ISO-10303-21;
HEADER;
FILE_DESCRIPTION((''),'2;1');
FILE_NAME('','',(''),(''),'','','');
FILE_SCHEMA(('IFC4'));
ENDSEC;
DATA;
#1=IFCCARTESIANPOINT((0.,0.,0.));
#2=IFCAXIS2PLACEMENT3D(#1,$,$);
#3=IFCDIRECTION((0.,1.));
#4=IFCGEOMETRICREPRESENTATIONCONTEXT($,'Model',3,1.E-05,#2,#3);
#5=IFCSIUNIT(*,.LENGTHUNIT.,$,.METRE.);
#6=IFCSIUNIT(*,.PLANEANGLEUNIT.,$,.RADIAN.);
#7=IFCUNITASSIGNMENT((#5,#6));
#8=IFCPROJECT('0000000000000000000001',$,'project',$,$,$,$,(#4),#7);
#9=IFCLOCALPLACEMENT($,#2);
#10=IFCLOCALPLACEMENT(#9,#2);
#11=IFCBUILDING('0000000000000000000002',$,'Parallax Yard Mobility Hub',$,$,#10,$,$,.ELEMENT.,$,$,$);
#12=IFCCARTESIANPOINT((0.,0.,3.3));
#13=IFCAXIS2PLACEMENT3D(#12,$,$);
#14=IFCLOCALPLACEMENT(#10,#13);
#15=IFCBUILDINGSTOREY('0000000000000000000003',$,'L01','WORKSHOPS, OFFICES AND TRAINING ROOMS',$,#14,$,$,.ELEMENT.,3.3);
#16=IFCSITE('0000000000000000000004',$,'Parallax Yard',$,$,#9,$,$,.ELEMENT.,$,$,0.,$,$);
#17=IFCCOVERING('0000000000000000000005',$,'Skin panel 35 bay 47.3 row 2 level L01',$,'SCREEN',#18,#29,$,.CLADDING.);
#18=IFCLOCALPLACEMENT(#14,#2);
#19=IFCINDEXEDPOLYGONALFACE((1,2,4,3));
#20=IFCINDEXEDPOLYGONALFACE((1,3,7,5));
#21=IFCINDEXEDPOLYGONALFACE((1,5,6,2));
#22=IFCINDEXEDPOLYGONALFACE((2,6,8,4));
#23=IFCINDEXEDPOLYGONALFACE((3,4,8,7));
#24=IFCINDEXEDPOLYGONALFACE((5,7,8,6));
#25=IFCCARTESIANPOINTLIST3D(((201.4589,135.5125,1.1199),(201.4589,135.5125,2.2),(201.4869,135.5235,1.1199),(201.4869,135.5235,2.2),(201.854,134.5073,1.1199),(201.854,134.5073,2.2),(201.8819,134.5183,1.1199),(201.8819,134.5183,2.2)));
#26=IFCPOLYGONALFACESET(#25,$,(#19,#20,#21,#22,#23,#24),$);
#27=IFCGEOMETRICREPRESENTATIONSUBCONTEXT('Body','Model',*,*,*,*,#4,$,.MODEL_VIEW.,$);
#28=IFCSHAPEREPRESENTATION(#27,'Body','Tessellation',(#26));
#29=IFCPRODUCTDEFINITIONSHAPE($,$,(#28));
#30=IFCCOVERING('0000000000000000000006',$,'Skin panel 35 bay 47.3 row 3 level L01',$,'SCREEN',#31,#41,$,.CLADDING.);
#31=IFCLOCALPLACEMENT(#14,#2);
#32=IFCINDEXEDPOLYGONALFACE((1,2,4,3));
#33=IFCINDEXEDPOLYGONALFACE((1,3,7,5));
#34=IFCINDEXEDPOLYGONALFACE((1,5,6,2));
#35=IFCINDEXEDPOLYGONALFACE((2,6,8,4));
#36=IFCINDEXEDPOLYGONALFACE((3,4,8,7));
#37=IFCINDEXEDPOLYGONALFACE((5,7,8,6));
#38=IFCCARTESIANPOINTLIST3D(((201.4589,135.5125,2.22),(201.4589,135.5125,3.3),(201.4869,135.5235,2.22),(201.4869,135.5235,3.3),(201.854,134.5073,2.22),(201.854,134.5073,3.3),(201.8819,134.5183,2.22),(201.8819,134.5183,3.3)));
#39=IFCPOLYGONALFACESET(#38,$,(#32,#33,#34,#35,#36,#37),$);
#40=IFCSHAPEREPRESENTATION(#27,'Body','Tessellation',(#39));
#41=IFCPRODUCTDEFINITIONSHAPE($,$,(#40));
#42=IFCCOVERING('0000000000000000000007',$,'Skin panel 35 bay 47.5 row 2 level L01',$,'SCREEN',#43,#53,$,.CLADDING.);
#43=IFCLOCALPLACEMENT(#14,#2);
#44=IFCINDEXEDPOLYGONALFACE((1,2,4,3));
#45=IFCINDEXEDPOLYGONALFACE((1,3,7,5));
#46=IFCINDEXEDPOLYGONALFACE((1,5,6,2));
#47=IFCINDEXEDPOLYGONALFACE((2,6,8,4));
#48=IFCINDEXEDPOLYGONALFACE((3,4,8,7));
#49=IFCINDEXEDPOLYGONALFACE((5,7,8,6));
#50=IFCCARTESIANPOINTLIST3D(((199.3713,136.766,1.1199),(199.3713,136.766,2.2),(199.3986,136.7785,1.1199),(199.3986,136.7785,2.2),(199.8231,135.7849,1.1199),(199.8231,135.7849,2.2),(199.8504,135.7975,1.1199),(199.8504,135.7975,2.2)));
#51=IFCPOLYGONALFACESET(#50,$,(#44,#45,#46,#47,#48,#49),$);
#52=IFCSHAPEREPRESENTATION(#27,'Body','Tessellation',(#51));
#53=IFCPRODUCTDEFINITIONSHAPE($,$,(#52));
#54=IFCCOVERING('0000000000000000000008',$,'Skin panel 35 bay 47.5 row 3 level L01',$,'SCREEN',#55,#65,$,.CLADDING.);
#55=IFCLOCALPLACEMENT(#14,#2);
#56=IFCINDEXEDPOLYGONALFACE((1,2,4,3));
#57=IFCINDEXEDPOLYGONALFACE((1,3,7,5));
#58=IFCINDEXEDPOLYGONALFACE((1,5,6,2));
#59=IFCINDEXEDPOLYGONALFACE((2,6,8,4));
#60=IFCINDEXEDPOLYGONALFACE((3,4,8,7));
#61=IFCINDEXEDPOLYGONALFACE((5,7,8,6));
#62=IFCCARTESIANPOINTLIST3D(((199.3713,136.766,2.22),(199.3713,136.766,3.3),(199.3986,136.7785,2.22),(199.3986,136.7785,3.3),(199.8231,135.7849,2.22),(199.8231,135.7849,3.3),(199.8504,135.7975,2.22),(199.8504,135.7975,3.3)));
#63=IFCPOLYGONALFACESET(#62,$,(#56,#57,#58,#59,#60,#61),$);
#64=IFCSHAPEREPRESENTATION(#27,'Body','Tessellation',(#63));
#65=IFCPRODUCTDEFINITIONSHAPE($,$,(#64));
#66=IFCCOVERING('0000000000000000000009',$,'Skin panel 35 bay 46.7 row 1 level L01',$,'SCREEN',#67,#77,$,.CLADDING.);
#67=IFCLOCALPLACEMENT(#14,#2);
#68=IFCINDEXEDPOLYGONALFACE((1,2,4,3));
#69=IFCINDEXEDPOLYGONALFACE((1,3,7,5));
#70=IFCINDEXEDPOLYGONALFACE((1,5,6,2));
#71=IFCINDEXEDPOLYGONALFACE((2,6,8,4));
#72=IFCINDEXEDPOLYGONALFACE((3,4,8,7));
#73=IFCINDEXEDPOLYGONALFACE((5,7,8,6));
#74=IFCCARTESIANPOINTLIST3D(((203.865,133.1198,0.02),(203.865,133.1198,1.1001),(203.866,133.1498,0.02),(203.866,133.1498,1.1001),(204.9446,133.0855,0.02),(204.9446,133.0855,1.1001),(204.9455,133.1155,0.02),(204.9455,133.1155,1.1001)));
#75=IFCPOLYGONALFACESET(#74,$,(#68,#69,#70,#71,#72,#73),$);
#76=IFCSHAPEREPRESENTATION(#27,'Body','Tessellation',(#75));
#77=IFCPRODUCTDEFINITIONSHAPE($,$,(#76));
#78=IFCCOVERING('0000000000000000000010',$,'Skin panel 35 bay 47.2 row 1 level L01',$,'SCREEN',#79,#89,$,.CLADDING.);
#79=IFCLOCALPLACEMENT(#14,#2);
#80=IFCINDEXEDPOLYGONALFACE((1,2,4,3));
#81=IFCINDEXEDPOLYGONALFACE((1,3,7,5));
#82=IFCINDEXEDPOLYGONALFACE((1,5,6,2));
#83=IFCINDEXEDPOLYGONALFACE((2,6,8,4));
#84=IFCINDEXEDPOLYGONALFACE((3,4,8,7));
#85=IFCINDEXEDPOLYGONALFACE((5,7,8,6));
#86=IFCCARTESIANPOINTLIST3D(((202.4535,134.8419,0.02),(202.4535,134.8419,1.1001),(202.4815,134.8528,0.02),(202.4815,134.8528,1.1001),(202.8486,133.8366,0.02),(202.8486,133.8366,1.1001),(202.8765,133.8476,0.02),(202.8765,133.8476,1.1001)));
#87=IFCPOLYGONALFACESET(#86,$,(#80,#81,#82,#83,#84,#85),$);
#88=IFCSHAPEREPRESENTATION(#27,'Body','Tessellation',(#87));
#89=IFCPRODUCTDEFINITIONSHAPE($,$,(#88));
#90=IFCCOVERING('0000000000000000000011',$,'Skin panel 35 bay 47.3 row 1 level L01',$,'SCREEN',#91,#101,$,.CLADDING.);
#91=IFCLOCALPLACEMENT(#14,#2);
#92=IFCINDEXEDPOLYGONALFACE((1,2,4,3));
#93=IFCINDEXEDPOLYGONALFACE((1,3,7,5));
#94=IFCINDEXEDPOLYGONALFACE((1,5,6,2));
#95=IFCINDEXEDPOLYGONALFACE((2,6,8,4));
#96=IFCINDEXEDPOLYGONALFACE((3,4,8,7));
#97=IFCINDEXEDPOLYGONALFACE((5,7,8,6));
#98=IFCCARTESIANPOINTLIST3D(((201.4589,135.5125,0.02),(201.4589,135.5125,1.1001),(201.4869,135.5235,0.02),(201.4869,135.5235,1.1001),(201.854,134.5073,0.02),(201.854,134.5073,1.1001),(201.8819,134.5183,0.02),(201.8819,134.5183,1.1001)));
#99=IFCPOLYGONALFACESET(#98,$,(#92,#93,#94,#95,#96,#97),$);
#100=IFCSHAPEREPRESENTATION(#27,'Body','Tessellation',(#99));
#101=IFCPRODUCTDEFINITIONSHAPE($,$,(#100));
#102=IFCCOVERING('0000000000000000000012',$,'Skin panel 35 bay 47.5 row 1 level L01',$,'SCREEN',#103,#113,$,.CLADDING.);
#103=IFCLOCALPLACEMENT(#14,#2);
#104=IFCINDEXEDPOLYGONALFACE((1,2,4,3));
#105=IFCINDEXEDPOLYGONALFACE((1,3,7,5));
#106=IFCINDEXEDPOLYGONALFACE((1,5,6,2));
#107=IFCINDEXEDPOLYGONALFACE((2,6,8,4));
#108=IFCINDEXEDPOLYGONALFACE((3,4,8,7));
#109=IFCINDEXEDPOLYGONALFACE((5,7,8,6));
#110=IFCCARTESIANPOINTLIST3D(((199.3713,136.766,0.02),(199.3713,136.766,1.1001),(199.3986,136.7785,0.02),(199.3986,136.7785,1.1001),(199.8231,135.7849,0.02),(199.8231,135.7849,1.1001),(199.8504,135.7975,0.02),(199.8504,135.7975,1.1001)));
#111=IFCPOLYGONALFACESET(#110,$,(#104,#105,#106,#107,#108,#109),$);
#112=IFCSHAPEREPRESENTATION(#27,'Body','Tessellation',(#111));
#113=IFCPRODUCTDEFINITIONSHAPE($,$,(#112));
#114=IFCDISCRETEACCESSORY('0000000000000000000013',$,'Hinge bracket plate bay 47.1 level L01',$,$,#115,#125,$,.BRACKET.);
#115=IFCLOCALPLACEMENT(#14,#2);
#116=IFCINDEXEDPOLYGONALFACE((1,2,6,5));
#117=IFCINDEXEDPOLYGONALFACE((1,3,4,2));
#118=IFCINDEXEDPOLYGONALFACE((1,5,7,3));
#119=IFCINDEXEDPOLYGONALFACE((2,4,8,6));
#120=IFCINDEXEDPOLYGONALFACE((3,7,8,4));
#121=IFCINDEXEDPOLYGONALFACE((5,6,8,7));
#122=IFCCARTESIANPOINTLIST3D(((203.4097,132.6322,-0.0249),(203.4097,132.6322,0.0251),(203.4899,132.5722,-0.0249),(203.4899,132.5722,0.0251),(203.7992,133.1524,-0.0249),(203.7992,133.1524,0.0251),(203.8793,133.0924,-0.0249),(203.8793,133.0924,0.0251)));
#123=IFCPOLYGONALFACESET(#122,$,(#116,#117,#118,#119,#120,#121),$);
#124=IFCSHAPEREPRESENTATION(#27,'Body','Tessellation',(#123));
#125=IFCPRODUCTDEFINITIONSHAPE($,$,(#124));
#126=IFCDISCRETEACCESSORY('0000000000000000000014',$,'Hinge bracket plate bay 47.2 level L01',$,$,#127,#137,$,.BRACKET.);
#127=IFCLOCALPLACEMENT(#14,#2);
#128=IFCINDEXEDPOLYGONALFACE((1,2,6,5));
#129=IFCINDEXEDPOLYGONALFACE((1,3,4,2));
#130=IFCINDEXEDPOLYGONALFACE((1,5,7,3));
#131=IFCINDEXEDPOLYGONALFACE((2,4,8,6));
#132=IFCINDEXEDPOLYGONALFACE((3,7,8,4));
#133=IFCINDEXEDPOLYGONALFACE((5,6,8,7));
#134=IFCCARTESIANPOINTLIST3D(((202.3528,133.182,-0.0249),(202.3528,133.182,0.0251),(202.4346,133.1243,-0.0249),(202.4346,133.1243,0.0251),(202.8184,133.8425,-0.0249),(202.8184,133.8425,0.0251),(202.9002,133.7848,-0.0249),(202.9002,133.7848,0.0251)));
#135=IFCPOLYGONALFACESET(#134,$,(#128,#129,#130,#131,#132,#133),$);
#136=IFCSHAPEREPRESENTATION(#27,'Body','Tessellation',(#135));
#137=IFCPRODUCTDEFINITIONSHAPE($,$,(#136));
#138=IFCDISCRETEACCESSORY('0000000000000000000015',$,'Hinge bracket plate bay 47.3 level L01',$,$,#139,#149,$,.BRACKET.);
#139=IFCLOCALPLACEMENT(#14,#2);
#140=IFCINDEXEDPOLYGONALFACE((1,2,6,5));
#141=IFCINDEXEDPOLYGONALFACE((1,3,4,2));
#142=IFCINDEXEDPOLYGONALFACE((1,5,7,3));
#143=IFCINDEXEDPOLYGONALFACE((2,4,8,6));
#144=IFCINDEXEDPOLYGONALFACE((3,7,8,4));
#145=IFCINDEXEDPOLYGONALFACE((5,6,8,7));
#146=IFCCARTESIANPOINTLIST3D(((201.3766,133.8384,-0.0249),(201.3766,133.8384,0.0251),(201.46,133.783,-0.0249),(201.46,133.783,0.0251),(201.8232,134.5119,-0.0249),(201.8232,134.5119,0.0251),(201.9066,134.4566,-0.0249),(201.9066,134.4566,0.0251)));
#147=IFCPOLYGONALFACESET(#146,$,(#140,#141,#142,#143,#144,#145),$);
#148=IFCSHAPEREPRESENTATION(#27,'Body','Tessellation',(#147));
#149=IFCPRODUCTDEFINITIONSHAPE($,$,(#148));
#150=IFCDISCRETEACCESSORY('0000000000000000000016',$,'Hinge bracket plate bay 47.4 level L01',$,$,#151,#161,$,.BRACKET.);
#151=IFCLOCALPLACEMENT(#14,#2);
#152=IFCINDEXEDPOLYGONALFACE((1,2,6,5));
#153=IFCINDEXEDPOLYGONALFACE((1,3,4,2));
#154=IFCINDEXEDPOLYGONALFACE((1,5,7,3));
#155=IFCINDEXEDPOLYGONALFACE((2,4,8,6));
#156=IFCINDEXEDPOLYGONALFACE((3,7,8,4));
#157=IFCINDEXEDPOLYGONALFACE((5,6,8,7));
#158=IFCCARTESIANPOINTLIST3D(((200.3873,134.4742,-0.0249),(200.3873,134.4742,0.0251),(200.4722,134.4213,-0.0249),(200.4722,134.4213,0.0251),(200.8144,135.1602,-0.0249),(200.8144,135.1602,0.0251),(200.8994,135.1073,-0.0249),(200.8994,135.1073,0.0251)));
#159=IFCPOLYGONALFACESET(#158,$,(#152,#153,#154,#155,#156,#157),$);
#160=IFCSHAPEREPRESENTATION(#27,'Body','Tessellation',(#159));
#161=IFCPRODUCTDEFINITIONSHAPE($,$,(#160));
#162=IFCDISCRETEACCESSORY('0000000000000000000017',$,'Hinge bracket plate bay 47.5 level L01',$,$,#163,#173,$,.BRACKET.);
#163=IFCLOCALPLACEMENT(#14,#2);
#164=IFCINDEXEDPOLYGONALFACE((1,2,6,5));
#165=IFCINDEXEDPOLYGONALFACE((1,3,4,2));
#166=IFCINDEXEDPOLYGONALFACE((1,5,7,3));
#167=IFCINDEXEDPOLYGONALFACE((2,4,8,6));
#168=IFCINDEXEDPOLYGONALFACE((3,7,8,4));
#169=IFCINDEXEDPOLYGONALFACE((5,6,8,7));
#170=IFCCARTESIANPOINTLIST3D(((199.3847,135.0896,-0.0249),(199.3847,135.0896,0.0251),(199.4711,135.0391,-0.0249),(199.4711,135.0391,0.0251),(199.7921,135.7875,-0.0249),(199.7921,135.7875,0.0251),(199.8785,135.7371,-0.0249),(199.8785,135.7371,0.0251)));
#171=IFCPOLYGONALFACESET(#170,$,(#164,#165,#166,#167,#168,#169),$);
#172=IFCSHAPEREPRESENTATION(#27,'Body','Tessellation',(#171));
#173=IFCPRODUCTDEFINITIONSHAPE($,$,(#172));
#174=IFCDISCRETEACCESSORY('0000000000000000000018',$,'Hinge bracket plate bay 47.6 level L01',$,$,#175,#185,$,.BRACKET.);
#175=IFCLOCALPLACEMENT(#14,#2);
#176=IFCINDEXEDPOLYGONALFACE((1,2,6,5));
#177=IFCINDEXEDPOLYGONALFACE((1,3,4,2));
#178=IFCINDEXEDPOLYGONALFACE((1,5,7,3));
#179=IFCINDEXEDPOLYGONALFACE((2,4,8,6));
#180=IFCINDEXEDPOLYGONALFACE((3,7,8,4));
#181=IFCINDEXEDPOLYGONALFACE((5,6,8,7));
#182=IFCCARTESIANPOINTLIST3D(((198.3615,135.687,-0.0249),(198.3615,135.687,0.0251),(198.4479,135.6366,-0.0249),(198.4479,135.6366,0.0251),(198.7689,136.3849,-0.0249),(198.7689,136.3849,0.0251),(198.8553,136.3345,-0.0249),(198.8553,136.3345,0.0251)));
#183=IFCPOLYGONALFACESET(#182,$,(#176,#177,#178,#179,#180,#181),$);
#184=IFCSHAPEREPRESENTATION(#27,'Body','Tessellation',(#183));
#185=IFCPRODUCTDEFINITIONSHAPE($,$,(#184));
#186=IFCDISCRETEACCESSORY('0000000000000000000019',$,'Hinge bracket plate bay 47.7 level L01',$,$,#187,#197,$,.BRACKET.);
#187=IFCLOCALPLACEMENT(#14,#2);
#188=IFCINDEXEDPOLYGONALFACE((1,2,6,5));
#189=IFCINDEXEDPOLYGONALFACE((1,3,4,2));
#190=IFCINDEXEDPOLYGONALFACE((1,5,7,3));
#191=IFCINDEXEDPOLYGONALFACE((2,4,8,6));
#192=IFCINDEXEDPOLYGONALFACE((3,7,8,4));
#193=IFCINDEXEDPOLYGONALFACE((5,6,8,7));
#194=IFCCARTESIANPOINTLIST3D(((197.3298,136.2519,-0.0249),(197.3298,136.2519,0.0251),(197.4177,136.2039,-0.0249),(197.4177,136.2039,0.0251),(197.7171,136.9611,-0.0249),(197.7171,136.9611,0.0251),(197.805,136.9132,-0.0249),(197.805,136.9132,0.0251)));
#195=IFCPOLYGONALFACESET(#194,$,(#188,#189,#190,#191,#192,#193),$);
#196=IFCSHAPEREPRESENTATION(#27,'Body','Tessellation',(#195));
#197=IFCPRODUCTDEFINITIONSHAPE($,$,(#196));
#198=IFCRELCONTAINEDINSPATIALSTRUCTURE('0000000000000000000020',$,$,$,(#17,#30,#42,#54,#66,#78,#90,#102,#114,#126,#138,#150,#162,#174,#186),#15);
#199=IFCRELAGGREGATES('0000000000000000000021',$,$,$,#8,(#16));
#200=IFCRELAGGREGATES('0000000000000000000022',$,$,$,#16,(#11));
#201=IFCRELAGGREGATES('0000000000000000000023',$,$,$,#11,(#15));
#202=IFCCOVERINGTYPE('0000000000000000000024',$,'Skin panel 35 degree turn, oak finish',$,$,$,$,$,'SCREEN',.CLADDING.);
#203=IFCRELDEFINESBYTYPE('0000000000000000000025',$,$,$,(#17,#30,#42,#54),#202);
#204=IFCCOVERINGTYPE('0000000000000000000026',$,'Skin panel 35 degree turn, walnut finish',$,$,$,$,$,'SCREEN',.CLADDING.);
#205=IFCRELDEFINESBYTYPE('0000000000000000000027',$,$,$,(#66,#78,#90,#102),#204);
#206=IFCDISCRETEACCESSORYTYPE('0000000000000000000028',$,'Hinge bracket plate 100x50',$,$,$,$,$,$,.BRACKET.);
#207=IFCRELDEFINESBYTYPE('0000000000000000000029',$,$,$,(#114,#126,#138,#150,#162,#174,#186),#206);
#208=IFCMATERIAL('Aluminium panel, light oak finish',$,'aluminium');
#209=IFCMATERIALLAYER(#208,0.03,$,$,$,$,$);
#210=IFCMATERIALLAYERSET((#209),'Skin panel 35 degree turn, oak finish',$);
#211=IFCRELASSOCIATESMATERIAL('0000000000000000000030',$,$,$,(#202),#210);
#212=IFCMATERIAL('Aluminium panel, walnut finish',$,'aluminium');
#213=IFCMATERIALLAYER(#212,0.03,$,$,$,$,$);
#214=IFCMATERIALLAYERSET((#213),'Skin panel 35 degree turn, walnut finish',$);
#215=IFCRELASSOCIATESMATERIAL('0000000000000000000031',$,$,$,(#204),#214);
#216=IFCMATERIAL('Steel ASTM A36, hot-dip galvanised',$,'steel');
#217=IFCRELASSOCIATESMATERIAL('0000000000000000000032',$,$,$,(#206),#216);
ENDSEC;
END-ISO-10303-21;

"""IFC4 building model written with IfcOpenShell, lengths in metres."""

from ifc_helpers import new_model, si_unit, direction, frame, origin, origin_2d, place, context, subcontext, project, spatial, rectangle, extrude, material, layer, layer_set, type_object, element, save


model = new_model("IFC4")

# Units and contexts
model_context = context("Model", 3, precision=1e-05, world=origin(), true_north=direction((0.0, 1.0)))
body_context = subcontext(model_context, "Body", "Model", "MODEL_VIEW")
ifc_project = project(units=[si_unit("LENGTHUNIT", "METRE"), si_unit("PLANEANGLEUNIT", "RADIAN")], contexts=[model_context])

# Site, building, storey
site_placement = place(None, origin())
site = spatial("IfcSite", under=ifc_project, at=site_placement, Name="Parallax Yard", CompositionType="ELEMENT", RefElevation=0.0)
building_placement = place(site_placement, origin())
building = spatial("IfcBuilding", under=site, at=building_placement, Name="Parallax Yard Mobility Hub", CompositionType="ELEMENT")
storey_placement = place(building_placement, frame((0.0, 0.0, 3.3)))
storey = spatial("IfcBuildingStorey", under=building, at=storey_placement, Name="L01", Description="WORKSHOPS, OFFICES AND TRAINING ROOMS", CompositionType="ELEMENT", Elevation=3.3)

# Coverings
ifc_material_1 = material(Name="Aluminium panel, light oak finish", Category="aluminium")
ifc_material_2 = material(Name="Aluminium panel, walnut finish", Category="aluminium")
ifc_layer_1 = layer(ifc_material_1, 0.03)
ifc_layer_set_1 = layer_set([ifc_layer_1], Name="Skin panel 35 degree turn, oak finish")
covering_type_1 = type_object("IfcCoveringType", Name="Skin panel 35 degree turn, oak finish", ElementType="SCREEN", PredefinedType="CLADDING", material=ifc_layer_set_1)
for number, where, z_axis, x_axis, name in (
    (1, (201.6704, 135.0154, 1.1199), (0.0, 0.0, 1.0), (-0.365762, 0.930708, 0.0), "Skin panel 35 bay 47.3 row 2 level L01"),
    (2, (201.6704, 135.0154, 2.22), (0.0, 0.0, 1.0), (-0.365762, 0.930708, 0.0), "Skin panel 35 bay 47.3 row 3 level L01"),
    (3, (199.6108, 136.2817, 1.1199), (0.0, 0.0, 1.0), (-0.4183, 0.908309, 0.0), "Skin panel 35 bay 47.5 row 2 level L01"),
    (4, (199.6108, 136.2817, 2.22), (0.0, 0.0, 1.0), (-0.4183, 0.908309, 0.0), "Skin panel 35 bay 47.5 row 3 level L01"),
):
    element("IfcCovering", number, at=place(storey_placement, frame(where, z_axis=z_axis, x_axis=x_axis)), inside=storey, type_object=covering_type_1, Name=name, ObjectType="SCREEN", PredefinedType="CLADDING", context=body_context, shape_type="SweptSolid", body=[
        extrude(rectangle(XDim=1.0801, YDim=0.03, at=origin_2d()), origin(), (0.0, 0.0, 1.0), 1.0801),
    ])
ifc_layer_2 = layer(ifc_material_2, 0.03)
ifc_layer_set_2 = layer_set([ifc_layer_2], Name="Skin panel 35 degree turn, walnut finish")
covering_type_2 = type_object("IfcCoveringType", Name="Skin panel 35 degree turn, walnut finish", ElementType="SCREEN", PredefinedType="CLADDING", material=ifc_layer_set_2)
for number, where, z_axis, x_axis, name in (
    (5, (204.4053, 133.1177, 0.02), (0.0, 0.0, 1.0), (0.999497, -0.031728, 0.0), "Skin panel 35 bay 46.7 row 1 level L01"),
    (6, (202.665, 134.3447, 0.02), (0.0, 0.0, 1.0), (-0.365762, 0.930708, 0.0), "Skin panel 35 bay 47.2 row 1 level L01"),
    (7, (201.6704, 135.0154, 0.02), (0.0, 0.0, 1.0), (-0.365762, 0.930708, 0.0), "Skin panel 35 bay 47.3 row 1 level L01"),
    (8, (199.6108, 136.2817, 0.02), (0.0, 0.0, 1.0), (-0.4183, 0.908309, 0.0), "Skin panel 35 bay 47.5 row 1 level L01"),
):
    element("IfcCovering", number, at=place(storey_placement, frame(where, z_axis=z_axis, x_axis=x_axis)), inside=storey, type_object=covering_type_2, Name=name, ObjectType="SCREEN", PredefinedType="CLADDING", context=body_context, shape_type="SweptSolid", body=[
        extrude(rectangle(XDim=1.0801, YDim=0.03, at=origin_2d()), origin(), (0.0, 0.0, 1.0), 1.0801),
    ])

# Discrete accessories
ifc_material_3 = material(Name="Steel ASTM A36, hot-dip galvanised", Category="steel")
discrete_accessory_type_1 = type_object("IfcDiscreteAccessoryType", Name="Hinge bracket plate 100x50", PredefinedType="BRACKET", material=ifc_material_3)
discrete_accessory_placement = place(storey_placement, frame((203.6445, 132.8623, -0.0249), z_axis=(0.0, 0.0, 1.0), x_axis=(0.599278, 0.800541, 0.0)))
element("IfcDiscreteAccessory", 9, at=discrete_accessory_placement, inside=storey, type_object=discrete_accessory_type_1, Name="Hinge bracket plate bay 47.1 level L01", PredefinedType="BRACKET", context=body_context, shape_type="SweptSolid", body=[
    extrude(rectangle(XDim=0.6499, YDim=0.1001, at=origin_2d()), origin(), (0.0, 0.0, 1.0), 0.05),
])
for number, where, z_axis, x_axis, name in (
    (10, (202.6265, 133.4834, -0.0249), (0.0, 0.0, 1.0), (0.576173, 0.817328, 0.0), "Hinge bracket plate bay 47.2 level L01"),
    (11, (201.6416, 134.1475, -0.0249), (0.0, 0.0, 1.0), (0.552599, 0.833447, 0.0), "Hinge bracket plate bay 47.3 level L01"),
    (12, (200.6433, 134.7908, -0.0249), (0.0, 0.0, 1.0), (0.528573, 0.848888, 0.0), "Hinge bracket plate bay 47.4 level L01"),
    (13, (199.6316, 135.4133, -0.0249), (0.0, 0.0, 1.0), (0.504116, 0.863636, 0.0), "Hinge bracket plate bay 47.5 level L01"),
    (14, (198.6084, 136.0107, -0.0249), (0.0, 0.0, 1.0), (0.504116, 0.863636, 0.0), "Hinge bracket plate bay 47.6 level L01"),
    (15, (197.5674, 136.5825, -0.0249), (0.0, 0.0, 1.0), (0.47925, 0.877679, 0.0), "Hinge bracket plate bay 47.7 level L01"),
):
    element("IfcDiscreteAccessory", number, at=place(storey_placement, frame(where, z_axis=z_axis, x_axis=x_axis)), inside=storey, type_object=discrete_accessory_type_1, Name=name, PredefinedType="BRACKET", context=body_context, shape_type="SweptSolid", body=[
        extrude(rectangle(XDim=0.8081, YDim=0.1001, at=origin_2d()), origin(), (0.0, 0.0, 1.0), 0.05),
    ])

save(model, "model.ifc")
